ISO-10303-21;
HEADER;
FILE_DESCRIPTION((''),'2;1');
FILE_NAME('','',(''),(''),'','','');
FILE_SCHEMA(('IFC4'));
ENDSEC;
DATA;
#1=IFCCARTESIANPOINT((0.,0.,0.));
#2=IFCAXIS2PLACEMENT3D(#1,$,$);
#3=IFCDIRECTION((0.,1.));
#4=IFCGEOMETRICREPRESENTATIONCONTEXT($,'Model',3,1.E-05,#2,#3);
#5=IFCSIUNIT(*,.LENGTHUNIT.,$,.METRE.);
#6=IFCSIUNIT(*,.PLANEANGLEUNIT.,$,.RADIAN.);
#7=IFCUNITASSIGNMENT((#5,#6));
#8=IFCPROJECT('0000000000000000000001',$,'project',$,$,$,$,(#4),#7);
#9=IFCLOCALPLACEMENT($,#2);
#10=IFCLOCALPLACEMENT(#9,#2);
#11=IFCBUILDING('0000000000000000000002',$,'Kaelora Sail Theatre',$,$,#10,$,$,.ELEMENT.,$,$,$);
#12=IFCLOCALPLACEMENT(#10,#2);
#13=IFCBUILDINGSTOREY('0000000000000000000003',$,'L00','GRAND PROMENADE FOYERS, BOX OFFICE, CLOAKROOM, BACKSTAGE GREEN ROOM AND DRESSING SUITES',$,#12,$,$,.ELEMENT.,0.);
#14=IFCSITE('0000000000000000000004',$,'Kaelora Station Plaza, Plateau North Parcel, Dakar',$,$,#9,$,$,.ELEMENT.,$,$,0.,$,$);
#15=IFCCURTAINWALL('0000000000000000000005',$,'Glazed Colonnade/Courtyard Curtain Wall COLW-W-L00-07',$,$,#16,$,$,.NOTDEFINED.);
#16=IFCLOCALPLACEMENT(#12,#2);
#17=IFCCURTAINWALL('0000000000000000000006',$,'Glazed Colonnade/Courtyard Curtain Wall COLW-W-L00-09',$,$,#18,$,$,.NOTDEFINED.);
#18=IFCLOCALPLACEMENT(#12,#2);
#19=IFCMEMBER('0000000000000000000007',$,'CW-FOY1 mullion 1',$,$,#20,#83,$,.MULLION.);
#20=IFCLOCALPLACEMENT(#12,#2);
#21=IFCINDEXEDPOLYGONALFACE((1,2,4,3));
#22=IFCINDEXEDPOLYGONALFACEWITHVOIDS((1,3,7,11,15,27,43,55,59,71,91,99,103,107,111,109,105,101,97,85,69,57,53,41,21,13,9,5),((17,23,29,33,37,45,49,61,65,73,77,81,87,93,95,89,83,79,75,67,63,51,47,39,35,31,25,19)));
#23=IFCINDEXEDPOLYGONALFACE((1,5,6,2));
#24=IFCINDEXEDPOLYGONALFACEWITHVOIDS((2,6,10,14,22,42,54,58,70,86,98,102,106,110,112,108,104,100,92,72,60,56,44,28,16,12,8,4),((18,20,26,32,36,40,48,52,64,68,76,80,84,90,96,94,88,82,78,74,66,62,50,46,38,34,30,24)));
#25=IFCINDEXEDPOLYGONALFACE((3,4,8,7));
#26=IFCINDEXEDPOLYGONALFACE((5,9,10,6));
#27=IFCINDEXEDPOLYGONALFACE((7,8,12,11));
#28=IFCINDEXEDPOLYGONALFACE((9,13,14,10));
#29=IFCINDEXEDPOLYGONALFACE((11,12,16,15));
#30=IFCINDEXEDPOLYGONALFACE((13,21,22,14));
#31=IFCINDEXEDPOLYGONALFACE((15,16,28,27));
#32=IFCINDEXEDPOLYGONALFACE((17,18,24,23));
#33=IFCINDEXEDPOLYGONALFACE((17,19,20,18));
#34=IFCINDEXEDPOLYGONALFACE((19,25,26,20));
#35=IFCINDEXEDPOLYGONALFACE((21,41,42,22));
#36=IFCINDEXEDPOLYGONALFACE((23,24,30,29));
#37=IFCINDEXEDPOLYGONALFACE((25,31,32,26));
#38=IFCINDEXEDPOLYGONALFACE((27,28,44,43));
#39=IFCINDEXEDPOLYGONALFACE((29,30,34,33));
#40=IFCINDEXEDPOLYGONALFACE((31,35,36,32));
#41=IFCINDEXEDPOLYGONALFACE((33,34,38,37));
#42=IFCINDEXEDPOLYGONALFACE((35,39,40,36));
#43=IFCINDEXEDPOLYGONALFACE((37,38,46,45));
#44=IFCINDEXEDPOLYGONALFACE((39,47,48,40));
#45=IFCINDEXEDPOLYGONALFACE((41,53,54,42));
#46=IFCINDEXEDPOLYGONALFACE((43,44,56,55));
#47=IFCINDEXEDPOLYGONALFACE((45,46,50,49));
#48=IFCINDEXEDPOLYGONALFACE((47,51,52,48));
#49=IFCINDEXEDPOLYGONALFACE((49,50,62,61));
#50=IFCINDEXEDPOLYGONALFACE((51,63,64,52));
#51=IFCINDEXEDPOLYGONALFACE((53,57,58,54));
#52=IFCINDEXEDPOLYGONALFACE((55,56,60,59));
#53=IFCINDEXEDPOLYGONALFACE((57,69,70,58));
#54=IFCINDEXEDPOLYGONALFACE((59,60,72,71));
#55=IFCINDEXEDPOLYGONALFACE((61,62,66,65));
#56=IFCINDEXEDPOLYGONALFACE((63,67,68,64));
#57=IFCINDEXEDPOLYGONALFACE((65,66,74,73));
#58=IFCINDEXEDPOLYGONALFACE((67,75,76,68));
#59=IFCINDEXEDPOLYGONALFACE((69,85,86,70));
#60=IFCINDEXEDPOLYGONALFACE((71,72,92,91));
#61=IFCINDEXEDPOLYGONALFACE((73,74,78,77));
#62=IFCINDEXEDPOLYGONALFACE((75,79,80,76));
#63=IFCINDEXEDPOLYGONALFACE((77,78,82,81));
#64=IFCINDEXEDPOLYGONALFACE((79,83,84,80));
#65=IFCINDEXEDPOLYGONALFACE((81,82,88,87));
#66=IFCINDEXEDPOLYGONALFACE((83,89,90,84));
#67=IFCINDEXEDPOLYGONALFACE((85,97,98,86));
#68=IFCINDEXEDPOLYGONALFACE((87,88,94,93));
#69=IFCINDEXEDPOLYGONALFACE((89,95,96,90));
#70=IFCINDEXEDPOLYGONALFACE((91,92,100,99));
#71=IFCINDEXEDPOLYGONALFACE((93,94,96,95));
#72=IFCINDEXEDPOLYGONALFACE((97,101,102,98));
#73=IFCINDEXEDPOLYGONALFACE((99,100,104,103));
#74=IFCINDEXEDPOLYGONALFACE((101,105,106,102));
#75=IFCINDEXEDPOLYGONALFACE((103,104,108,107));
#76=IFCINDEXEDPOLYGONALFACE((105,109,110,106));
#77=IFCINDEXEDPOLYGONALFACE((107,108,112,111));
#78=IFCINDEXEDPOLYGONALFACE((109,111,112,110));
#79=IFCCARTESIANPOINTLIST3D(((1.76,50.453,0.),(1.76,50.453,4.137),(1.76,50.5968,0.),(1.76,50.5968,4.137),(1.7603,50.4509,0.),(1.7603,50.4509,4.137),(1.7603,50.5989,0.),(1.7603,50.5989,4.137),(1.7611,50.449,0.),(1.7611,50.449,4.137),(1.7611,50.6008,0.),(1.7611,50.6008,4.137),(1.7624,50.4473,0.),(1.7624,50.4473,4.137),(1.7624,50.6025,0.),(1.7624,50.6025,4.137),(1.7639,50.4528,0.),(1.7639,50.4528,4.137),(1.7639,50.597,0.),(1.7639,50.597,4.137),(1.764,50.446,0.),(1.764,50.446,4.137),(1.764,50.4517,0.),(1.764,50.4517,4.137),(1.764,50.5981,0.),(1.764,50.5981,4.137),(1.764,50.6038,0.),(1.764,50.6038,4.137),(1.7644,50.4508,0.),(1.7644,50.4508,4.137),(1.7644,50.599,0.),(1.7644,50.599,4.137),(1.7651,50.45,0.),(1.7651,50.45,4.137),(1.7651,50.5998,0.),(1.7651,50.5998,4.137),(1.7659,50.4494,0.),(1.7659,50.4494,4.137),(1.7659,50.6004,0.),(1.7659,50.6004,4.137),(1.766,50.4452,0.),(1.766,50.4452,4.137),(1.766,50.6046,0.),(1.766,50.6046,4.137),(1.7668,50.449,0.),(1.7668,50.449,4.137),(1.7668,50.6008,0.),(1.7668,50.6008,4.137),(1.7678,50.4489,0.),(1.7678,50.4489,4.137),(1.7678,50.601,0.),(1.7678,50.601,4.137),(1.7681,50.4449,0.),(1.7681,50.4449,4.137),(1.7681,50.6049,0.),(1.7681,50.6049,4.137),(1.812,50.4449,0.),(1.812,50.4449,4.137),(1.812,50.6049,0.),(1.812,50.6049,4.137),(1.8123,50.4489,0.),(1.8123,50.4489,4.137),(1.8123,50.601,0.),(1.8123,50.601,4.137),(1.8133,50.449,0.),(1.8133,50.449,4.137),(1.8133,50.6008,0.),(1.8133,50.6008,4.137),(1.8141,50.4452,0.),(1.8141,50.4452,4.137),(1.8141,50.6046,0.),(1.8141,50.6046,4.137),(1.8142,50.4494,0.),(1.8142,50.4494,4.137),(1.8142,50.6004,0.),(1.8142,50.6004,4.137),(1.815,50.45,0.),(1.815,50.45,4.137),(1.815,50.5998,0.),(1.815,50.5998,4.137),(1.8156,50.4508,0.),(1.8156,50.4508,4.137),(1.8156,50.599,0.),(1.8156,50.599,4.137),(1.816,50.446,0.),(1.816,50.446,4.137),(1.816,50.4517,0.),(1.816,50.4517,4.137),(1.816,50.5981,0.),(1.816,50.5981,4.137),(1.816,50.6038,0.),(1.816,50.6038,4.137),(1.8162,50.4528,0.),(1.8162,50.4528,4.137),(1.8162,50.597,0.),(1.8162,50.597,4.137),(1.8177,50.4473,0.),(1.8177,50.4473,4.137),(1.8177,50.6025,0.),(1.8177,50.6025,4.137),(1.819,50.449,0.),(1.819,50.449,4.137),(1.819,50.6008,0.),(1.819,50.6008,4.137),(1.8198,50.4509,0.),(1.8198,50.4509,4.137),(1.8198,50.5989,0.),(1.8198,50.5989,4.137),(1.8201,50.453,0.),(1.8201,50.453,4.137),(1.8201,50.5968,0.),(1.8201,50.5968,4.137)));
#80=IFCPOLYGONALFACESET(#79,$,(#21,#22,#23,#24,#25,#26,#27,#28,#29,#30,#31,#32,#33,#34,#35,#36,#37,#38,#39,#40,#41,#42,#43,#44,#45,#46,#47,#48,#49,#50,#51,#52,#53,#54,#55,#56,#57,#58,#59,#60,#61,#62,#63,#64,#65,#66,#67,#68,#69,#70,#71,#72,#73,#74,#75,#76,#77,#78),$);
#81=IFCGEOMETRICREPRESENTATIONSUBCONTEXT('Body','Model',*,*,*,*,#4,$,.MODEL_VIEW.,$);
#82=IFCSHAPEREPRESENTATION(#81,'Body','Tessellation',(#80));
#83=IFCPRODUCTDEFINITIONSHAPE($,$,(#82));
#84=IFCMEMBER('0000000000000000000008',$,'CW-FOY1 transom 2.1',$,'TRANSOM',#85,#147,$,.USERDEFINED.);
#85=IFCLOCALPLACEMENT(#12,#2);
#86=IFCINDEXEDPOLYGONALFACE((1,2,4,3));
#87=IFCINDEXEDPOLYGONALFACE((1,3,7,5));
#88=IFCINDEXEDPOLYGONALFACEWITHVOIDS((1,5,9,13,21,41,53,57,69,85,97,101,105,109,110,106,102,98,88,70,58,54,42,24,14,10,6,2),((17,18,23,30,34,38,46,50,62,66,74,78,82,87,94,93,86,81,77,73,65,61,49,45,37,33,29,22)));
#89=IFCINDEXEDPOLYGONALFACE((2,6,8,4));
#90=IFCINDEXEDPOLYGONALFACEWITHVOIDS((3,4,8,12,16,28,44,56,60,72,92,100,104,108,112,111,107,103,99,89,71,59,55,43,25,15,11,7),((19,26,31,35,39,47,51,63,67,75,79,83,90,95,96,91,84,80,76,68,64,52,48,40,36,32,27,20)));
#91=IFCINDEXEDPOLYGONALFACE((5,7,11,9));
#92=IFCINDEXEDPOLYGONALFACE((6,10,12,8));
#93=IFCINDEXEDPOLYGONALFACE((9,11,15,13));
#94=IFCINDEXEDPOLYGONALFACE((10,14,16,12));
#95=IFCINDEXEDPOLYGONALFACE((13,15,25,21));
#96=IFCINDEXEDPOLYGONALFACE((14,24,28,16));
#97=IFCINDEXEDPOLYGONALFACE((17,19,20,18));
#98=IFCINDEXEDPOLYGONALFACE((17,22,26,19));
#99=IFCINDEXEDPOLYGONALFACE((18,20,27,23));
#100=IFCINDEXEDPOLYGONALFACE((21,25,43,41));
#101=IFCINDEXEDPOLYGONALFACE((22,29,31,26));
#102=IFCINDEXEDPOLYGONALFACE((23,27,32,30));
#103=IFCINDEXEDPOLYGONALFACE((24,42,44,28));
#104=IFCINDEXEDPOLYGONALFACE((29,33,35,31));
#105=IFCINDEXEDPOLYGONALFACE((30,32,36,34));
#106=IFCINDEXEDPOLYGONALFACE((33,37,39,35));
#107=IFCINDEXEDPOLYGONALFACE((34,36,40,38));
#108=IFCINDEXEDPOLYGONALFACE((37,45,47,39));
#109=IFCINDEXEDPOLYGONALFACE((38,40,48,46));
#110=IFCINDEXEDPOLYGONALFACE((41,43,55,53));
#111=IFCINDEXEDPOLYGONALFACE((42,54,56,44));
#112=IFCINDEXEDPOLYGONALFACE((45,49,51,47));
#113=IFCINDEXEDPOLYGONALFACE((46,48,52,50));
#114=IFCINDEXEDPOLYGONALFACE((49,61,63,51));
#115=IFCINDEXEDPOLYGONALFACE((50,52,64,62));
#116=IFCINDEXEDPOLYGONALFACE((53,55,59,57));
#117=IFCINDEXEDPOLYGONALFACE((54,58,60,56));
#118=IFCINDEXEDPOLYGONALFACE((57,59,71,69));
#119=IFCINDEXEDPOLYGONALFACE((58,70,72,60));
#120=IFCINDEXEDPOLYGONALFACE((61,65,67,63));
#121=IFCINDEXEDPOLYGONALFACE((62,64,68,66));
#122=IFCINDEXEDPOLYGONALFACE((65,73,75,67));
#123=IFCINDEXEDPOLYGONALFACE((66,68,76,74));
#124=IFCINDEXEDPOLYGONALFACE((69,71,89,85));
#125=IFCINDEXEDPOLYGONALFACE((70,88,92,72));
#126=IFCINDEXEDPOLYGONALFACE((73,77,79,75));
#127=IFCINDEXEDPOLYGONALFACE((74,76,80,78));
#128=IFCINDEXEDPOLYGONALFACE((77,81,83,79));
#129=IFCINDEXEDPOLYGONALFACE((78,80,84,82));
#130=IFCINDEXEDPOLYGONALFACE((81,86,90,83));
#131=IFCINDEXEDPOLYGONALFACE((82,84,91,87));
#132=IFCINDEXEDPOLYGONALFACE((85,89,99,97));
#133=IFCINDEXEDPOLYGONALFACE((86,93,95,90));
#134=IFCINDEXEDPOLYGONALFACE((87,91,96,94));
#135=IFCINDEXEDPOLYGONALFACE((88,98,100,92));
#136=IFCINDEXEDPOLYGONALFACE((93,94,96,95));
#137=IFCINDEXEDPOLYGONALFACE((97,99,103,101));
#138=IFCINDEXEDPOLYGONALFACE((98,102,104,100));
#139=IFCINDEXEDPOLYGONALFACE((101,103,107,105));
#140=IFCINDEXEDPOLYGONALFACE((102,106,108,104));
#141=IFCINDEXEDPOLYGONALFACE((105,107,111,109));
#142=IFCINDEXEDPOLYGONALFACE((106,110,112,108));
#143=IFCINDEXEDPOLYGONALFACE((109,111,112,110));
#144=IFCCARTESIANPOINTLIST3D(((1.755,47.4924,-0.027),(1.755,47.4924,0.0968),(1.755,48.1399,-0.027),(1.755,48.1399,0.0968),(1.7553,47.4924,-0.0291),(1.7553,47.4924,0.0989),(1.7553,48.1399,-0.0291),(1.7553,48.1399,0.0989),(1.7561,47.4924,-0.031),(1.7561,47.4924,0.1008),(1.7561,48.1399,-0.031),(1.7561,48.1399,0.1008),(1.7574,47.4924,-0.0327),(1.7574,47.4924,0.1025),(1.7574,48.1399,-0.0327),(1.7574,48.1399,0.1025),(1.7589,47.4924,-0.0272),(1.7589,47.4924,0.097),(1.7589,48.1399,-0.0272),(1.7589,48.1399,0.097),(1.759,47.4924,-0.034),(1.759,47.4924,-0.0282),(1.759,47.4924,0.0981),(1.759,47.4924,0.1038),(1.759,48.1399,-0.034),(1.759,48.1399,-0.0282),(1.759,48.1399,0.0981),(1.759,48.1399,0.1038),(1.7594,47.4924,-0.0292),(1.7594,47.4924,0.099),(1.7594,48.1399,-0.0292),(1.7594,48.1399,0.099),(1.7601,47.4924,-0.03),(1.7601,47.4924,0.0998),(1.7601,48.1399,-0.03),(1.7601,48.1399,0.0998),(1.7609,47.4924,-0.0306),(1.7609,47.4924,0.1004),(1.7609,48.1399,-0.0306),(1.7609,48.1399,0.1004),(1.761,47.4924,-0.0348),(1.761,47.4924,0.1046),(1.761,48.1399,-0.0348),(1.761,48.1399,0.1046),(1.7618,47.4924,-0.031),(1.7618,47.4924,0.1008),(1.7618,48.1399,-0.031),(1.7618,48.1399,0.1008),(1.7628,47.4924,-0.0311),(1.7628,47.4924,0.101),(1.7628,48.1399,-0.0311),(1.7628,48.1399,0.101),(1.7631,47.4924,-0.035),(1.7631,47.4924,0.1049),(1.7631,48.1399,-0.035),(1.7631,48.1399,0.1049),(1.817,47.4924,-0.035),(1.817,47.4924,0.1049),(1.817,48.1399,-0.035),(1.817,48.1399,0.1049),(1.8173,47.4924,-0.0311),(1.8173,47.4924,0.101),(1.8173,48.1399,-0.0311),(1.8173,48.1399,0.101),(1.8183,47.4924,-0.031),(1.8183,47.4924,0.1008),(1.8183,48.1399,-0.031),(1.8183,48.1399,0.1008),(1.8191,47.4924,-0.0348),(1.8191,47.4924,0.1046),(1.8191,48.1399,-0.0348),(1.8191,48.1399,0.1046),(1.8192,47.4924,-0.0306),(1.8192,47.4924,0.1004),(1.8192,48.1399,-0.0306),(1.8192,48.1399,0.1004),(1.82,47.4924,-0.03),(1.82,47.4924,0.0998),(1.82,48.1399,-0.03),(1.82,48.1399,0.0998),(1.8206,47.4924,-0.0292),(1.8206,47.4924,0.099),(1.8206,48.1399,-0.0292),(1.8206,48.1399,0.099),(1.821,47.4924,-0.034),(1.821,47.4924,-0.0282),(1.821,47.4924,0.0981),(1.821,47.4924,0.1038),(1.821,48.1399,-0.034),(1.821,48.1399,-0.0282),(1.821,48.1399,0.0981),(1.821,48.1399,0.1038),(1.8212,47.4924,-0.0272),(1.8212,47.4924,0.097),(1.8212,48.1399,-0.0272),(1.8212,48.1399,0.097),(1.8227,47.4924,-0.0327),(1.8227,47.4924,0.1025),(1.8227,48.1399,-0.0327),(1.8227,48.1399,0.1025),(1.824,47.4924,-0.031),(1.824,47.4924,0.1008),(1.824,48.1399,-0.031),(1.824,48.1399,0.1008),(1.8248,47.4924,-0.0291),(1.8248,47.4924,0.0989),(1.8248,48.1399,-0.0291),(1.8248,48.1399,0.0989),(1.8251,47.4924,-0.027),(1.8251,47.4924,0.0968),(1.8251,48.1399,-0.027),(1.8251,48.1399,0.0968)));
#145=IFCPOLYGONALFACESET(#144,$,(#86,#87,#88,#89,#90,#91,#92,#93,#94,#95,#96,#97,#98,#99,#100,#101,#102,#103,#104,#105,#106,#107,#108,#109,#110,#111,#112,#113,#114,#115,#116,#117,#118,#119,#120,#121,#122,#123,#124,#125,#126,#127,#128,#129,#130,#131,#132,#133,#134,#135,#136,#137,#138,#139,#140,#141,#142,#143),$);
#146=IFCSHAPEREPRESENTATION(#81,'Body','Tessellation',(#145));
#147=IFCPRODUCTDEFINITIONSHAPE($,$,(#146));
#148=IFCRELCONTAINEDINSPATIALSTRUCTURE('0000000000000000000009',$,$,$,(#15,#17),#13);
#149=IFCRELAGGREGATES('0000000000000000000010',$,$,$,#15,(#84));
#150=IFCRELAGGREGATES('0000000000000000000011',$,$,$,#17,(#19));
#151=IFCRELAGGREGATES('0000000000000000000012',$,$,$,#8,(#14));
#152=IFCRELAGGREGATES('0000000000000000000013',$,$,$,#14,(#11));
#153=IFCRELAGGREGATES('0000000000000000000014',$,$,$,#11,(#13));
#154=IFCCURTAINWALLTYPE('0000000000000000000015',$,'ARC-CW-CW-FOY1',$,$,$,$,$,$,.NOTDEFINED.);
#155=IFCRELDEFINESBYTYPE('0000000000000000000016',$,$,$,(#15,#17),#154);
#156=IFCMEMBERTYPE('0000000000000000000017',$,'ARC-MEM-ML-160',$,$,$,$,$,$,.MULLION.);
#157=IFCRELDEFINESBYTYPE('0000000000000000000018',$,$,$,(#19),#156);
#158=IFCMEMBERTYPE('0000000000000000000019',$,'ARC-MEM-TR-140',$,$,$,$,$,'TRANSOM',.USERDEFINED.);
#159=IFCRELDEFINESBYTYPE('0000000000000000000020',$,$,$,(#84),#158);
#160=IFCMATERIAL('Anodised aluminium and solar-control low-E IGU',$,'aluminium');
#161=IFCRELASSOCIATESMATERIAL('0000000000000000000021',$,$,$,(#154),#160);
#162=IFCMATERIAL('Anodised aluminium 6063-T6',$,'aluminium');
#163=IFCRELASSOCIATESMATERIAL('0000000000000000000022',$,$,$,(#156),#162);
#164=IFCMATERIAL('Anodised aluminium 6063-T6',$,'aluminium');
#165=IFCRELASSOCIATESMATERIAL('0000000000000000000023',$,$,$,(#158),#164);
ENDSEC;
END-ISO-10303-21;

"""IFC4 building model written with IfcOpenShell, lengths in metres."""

from ifc_helpers import new_model, si_unit, direction, frame, origin, origin_2d, place, context, subcontext, project, spatial, hollow_rectangle, extrude, material, material_profile, profile_set, type_object, element, aggregate, save


model = new_model("IFC4")

# Units and contexts
model_context = context("Model", 3, precision=1e-05, world=origin(), true_north=direction((0.0, 1.0)))
body_context = subcontext(model_context, "Body", "Model", "MODEL_VIEW")
ifc_project = project(units=[si_unit("LENGTHUNIT", "METRE"), si_unit("PLANEANGLEUNIT", "RADIAN")], contexts=[model_context])

# Site, building, storey
site_placement = place(None, origin())
site = spatial("IfcSite", under=ifc_project, at=site_placement, Name="Kaelora Station Plaza, Plateau North Parcel, Dakar", CompositionType="ELEMENT", RefElevation=0.0)
building_placement = place(site_placement, origin())
building = spatial("IfcBuilding", under=site, at=building_placement, Name="Kaelora Sail Theatre", CompositionType="ELEMENT")
storey_placement = place(building_placement, origin())
storey = spatial("IfcBuildingStorey", under=building, at=storey_placement, Name="L00", Description="GRAND PROMENADE FOYERS, BOX OFFICE, CLOAKROOM, BACKSTAGE GREEN ROOM AND DRESSING SUITES", CompositionType="ELEMENT", Elevation=0.0)

# Curtain wall
ifc_material_1 = material(Name="Anodised aluminium and solar-control low-E IGU", Category="aluminium")
curtain_wall_type = type_object("IfcCurtainWallType", Name="ARC-CW-CW-FOY1", PredefinedType="NOTDEFINED", material=ifc_material_1)
curtain_wall_1_placement = place(storey_placement, origin())
curtain_wall_1 = element("IfcCurtainWall", 1, at=curtain_wall_1_placement, inside=storey, type_object=curtain_wall_type, Name="Glazed Colonnade/Courtyard Curtain Wall COLW-W-L00-07", PredefinedType="NOTDEFINED")
ifc_material_2 = material(Name="Anodised aluminium 6063-T6", Category="aluminium")
ifc_material_profile_1 = material_profile(ifc_material_2, hollow_rectangle(XDim=0.0601, YDim=0.1599, WallThickness=0.0039, InnerFilletRadius=0.0039, OuterFilletRadius=0.0081, at=origin_2d()), Name="ALU-MULL 60x160x4")
ifc_profile_set_1 = profile_set([ifc_material_profile_1], Name="Anodised aluminium 6063-T6")
member_type_1 = type_object("IfcMemberType", Name="ARC-MEM-ML-160", PredefinedType="MULLION", material=ifc_profile_set_1)

# Curtain wall, member
curtain_wall_2_placement = place(storey_placement, origin())
curtain_wall_2 = element("IfcCurtainWall", 2, at=curtain_wall_2_placement, inside=storey, type_object=curtain_wall_type, Name="Glazed Colonnade/Courtyard Curtain Wall COLW-W-L00-09", PredefinedType="NOTDEFINED")
member_1_placement = place(storey_placement, frame((1.79, 50.5249, 0.0), z_axis=(0.0, 0.0, 1.0), x_axis=(-1.0, 0.0, 0.0)))
member_1 = element("IfcMember", 3, at=member_1_placement, type_object=member_type_1, Name="CW-FOY1 mullion 1", PredefinedType="MULLION", context=body_context, shape_type="SweptSolid", body=[
    extrude(hollow_rectangle(XDim=0.0601, YDim=0.1599, WallThickness=0.0039, InnerFilletRadius=0.0039, OuterFilletRadius=0.0081, at=origin_2d()), origin(), (0.0, 0.0, 1.0), 4.137),
])

# Member
ifc_material_3 = material(Name="Anodised aluminium 6063-T6", Category="aluminium")
ifc_material_profile_2 = material_profile(ifc_material_3, hollow_rectangle(XDim=0.0701, YDim=0.1399, WallThickness=0.0039, InnerFilletRadius=0.0039, OuterFilletRadius=0.0081, at=origin_2d()), Name="ALU-TRAN 70x140x4")
ifc_profile_set_2 = profile_set([ifc_material_profile_2], Name="Anodised aluminium 6063-T6")
member_type_2 = type_object("IfcMemberType", Name="ARC-MEM-TR-140", ElementType="TRANSOM", PredefinedType="USERDEFINED", material=ifc_profile_set_2)
member_2_placement = place(storey_placement, frame((1.79, 47.4924, 0.0349), z_axis=(0.0, 1.0, 0.0), x_axis=(-1.0, 0.0, 0.0)))
member_2 = element("IfcMember", 4, at=member_2_placement, type_object=member_type_2, Name="CW-FOY1 transom 2.1", ObjectType="TRANSOM", PredefinedType="USERDEFINED", context=body_context, shape_type="SweptSolid", body=[
    extrude(hollow_rectangle(XDim=0.0701, YDim=0.1399, WallThickness=0.0039, InnerFilletRadius=0.0039, OuterFilletRadius=0.0081, at=origin_2d()), origin(), (0.0, 0.0, 1.0), 0.6475),
])

aggregate(curtain_wall_1, [member_2])
aggregate(curtain_wall_2, [member_1])

save(model, "model.ifc")
